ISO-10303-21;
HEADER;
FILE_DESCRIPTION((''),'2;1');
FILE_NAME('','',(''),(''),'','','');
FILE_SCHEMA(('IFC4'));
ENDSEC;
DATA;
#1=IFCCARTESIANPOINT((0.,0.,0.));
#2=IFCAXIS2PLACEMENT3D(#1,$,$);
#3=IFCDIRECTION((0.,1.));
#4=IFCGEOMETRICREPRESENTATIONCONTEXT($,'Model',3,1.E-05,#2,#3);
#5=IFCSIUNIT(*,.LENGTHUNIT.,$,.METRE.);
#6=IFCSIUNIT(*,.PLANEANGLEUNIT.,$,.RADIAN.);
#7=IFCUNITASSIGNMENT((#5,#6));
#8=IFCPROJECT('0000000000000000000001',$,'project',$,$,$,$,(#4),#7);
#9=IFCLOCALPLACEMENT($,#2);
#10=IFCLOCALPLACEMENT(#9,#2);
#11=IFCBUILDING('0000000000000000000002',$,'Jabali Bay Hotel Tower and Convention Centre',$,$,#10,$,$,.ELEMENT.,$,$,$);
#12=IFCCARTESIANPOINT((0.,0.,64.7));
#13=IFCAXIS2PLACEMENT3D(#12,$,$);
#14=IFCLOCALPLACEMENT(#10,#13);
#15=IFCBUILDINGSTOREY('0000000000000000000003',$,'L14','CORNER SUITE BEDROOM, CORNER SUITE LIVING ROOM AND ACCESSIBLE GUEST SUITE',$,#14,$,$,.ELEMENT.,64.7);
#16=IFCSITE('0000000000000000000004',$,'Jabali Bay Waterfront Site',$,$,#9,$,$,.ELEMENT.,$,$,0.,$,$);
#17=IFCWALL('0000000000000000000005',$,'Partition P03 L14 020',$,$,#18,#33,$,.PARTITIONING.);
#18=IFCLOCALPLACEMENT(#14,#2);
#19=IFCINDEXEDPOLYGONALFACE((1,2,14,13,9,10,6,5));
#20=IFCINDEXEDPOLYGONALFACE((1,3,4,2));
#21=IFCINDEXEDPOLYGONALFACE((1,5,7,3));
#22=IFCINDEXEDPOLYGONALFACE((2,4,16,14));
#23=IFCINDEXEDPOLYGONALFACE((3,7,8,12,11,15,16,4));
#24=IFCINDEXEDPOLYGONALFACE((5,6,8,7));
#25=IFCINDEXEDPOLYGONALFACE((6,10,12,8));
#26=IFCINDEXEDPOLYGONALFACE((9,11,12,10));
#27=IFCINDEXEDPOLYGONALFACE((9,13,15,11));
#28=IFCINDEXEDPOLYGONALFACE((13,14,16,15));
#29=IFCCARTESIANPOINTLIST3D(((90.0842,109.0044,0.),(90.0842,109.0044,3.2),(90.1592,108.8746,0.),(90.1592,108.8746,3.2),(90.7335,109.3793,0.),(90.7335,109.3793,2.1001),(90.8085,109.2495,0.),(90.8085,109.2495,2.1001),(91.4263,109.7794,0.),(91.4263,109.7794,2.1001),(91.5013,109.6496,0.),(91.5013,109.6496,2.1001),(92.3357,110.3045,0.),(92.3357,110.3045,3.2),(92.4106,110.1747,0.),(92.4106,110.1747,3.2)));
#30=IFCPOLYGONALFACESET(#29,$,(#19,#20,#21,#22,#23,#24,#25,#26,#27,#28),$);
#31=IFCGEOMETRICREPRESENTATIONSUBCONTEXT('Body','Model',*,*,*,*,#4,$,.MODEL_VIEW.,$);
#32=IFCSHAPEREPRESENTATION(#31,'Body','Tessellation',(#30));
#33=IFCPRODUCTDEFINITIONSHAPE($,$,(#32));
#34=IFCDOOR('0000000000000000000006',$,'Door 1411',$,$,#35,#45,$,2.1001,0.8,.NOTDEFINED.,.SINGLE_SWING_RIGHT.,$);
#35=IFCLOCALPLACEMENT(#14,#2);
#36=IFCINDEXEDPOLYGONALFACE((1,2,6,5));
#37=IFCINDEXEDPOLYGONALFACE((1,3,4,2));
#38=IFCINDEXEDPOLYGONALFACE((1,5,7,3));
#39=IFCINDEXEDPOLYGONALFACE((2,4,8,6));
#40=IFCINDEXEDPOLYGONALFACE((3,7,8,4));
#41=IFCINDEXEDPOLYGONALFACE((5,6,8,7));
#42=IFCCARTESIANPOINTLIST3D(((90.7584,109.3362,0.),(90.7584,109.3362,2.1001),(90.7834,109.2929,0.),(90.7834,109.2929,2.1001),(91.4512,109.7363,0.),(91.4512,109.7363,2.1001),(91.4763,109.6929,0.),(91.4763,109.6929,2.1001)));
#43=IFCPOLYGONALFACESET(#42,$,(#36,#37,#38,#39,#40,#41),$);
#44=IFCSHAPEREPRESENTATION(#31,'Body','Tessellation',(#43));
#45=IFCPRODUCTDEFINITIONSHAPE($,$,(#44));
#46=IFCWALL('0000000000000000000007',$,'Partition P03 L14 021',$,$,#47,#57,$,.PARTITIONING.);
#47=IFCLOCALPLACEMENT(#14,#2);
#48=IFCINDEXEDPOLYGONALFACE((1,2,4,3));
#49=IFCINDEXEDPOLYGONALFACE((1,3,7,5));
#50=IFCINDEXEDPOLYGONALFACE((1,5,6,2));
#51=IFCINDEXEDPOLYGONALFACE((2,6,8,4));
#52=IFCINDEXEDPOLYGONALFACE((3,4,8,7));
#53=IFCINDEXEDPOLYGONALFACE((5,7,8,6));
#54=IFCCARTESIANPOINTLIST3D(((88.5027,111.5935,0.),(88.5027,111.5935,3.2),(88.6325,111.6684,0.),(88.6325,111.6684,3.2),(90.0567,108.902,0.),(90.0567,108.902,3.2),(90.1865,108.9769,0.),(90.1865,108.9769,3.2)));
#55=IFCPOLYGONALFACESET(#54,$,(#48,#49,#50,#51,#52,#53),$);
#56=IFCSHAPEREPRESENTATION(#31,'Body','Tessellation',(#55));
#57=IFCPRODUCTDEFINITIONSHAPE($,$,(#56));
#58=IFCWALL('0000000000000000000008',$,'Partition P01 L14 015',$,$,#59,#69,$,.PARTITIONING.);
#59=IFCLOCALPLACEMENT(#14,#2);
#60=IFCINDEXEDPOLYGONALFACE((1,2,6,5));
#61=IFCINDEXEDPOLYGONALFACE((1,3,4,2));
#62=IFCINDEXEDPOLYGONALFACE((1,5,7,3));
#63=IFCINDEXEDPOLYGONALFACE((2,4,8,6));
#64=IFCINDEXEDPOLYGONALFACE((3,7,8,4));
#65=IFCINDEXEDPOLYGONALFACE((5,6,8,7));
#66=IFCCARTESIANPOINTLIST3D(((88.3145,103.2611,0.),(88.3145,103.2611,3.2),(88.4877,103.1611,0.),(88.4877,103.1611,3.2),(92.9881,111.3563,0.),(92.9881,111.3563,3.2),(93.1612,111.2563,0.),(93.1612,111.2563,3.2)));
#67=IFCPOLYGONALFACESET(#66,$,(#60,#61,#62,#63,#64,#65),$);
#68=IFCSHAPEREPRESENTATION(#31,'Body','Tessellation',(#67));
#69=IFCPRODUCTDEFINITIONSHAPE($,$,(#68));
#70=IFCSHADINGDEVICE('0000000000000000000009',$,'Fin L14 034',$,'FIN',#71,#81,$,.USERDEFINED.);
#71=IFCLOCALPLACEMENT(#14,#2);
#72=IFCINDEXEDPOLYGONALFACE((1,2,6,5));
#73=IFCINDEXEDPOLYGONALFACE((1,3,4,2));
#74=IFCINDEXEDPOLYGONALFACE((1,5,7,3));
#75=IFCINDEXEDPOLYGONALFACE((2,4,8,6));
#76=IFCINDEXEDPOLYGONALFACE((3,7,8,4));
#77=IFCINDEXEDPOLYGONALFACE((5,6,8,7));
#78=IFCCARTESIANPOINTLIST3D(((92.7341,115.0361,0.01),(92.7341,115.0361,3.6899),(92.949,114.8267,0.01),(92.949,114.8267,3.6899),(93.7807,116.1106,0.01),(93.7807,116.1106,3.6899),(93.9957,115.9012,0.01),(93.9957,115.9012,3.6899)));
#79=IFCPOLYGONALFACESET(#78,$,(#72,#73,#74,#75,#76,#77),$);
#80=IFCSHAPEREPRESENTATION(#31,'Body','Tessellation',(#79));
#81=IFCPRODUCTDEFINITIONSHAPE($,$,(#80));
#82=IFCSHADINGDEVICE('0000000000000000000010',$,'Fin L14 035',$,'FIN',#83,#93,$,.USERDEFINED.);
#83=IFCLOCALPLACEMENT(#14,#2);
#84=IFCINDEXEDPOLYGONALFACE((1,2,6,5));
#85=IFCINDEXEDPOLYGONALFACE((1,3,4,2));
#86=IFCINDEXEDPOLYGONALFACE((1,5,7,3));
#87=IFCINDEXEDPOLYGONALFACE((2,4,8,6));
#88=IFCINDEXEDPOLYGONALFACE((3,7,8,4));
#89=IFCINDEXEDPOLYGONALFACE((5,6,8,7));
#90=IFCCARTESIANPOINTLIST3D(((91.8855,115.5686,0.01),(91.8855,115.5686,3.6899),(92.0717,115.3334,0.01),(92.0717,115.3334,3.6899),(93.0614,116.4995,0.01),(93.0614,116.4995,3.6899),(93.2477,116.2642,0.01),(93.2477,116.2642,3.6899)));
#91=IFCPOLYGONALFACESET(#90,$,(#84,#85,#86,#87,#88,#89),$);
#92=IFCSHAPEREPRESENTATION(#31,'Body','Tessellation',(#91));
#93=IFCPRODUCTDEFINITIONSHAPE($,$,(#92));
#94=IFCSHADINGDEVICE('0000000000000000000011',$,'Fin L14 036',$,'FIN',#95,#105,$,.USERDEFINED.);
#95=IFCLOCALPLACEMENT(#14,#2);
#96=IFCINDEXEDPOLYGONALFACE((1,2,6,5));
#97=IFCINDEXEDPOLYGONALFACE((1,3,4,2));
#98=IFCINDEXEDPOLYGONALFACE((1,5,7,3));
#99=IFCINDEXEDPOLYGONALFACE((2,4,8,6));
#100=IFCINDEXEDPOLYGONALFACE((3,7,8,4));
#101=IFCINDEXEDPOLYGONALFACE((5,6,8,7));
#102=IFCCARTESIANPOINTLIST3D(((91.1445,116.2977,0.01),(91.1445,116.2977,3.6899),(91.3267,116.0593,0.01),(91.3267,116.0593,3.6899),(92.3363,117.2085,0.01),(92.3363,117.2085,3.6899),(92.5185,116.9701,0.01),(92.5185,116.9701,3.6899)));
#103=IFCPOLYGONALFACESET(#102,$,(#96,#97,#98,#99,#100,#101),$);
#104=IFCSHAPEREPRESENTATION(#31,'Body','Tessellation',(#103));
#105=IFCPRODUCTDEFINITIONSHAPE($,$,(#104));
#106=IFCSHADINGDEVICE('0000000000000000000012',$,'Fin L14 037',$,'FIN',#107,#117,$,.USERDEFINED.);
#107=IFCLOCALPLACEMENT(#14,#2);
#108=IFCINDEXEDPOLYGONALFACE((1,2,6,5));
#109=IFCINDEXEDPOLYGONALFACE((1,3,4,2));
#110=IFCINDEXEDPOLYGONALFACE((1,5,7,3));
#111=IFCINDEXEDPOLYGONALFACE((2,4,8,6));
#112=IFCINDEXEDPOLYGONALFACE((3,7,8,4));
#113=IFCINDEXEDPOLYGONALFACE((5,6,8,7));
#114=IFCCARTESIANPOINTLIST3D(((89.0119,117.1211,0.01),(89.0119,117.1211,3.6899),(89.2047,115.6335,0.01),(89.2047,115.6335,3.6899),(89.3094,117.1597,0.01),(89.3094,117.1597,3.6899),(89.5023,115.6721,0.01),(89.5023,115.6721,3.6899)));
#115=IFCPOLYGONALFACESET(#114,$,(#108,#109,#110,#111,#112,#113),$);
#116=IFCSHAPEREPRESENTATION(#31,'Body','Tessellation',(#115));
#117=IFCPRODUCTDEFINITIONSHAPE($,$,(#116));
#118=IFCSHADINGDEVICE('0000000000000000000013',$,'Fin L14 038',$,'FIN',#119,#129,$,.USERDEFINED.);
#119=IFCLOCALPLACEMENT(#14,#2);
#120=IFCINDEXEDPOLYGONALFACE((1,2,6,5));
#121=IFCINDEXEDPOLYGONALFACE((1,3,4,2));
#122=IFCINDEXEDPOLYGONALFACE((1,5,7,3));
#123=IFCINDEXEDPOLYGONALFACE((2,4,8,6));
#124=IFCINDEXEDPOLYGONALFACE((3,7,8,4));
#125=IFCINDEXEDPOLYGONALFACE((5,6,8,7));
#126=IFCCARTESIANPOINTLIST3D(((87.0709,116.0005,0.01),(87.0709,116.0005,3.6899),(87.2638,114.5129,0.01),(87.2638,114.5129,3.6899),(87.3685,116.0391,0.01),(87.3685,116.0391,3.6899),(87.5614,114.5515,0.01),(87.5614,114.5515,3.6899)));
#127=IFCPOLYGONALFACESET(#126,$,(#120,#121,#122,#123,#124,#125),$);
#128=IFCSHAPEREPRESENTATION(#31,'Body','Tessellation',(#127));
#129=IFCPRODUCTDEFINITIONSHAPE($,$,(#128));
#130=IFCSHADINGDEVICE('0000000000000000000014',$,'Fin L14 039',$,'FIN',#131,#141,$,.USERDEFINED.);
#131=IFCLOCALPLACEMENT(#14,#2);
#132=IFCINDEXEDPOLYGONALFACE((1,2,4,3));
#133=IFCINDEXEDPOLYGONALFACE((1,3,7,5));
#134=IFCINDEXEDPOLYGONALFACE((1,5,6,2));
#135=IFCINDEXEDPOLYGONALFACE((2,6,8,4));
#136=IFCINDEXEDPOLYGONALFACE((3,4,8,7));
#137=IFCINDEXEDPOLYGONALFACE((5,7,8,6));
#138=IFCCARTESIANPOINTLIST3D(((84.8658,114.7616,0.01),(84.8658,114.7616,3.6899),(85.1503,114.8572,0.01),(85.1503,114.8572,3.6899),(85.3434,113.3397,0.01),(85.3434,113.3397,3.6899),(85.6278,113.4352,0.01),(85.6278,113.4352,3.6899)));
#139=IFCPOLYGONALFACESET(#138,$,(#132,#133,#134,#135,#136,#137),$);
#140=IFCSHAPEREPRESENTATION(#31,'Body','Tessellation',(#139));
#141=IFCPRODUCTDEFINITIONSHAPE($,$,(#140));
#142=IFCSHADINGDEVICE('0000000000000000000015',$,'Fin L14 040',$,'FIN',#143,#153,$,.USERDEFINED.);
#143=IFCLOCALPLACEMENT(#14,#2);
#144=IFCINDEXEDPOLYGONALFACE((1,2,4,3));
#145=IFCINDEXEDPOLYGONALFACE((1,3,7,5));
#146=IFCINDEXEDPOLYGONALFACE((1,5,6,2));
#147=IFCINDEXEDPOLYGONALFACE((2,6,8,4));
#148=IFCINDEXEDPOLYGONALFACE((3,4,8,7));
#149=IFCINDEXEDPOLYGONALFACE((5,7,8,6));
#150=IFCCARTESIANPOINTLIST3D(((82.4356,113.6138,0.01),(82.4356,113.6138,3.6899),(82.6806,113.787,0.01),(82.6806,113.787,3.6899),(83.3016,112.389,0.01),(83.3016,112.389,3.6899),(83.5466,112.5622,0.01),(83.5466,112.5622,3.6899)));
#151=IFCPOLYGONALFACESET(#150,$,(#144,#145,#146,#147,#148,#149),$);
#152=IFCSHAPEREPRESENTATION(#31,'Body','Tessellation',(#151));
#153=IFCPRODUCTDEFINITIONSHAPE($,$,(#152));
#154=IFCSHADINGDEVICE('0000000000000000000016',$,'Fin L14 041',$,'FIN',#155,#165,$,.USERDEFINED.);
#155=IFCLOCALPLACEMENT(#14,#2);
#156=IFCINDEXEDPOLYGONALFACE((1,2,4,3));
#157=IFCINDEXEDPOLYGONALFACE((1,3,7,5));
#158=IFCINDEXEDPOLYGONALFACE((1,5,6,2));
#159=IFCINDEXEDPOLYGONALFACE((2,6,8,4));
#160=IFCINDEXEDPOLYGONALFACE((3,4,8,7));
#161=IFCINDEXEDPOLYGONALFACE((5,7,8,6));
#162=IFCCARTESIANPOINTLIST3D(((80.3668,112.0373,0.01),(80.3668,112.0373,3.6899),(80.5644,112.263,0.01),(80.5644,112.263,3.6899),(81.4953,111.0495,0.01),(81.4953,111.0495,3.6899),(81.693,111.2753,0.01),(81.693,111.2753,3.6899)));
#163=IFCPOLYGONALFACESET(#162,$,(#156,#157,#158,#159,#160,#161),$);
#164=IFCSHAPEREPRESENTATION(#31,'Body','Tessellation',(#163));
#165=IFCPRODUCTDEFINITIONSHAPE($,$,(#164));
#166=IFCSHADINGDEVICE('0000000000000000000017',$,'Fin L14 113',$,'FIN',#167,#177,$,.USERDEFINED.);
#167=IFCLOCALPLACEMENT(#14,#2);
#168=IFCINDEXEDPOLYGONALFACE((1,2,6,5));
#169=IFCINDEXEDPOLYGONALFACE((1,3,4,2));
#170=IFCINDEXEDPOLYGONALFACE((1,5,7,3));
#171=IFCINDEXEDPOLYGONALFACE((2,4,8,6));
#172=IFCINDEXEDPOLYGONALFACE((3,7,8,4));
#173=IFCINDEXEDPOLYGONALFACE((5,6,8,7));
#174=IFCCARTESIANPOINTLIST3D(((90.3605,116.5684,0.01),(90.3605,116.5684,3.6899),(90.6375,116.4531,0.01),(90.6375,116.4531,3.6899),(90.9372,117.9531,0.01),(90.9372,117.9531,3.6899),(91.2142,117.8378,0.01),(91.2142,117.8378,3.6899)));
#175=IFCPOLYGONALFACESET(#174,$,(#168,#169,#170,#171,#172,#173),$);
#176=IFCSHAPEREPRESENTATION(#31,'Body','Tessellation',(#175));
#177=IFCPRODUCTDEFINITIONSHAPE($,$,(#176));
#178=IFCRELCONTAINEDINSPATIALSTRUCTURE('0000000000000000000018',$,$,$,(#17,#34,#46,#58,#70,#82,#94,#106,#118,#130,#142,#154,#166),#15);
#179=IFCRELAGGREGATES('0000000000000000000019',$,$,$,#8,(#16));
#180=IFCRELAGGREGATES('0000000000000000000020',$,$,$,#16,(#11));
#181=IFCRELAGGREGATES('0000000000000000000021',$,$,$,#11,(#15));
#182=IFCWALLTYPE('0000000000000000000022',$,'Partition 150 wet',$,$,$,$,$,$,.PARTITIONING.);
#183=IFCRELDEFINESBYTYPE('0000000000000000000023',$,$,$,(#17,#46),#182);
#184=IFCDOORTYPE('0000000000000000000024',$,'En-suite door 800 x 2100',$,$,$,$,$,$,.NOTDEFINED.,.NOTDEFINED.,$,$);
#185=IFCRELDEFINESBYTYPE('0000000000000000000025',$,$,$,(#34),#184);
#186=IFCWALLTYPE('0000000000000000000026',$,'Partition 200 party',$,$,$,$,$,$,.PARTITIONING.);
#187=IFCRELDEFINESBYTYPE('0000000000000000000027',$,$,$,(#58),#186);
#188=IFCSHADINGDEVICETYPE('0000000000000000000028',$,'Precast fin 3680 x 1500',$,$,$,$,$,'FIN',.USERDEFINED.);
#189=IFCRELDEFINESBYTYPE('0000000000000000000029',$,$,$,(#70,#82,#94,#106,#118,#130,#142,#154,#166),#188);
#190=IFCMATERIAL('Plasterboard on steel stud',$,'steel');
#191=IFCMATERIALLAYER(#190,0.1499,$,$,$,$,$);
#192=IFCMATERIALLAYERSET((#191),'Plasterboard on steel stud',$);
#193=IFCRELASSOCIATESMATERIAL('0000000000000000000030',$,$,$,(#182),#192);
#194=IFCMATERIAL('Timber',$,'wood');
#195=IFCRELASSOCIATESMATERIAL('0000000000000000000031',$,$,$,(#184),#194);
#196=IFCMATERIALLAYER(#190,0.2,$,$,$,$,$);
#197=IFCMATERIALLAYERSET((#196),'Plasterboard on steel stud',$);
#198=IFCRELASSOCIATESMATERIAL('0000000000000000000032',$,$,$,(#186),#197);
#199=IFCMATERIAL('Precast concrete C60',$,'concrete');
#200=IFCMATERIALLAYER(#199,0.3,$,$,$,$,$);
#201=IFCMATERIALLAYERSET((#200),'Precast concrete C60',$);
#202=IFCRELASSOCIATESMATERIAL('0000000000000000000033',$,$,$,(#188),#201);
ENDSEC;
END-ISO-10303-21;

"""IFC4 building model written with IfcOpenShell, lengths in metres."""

from ifc_helpers import new_model, si_unit, direction, frame, frame_2d, origin, place, context, subcontext, project, spatial, rectangle, extrude, material, layer, layer_set, type_object, element, fill, save


model = new_model("IFC4")

# Units and contexts
model_context = context("Model", 3, precision=1e-05, world=origin(), true_north=direction((0.0, 1.0)))
body_context = subcontext(model_context, "Body", "Model", "MODEL_VIEW")
ifc_project = project(units=[si_unit("LENGTHUNIT", "METRE"), si_unit("PLANEANGLEUNIT", "RADIAN")], contexts=[model_context])

# Site, building, storey
site_placement = place(None, origin())
site = spatial("IfcSite", under=ifc_project, at=site_placement, Name="Jabali Bay Waterfront Site", CompositionType="ELEMENT", RefElevation=0.0)
building_placement = place(site_placement, origin())
building = spatial("IfcBuilding", under=site, at=building_placement, Name="Jabali Bay Hotel Tower and Convention Centre", CompositionType="ELEMENT")
storey_placement = place(building_placement, frame((0.0, 0.0, 64.7)))
storey = spatial("IfcBuildingStorey", under=building, at=storey_placement, Name="L14", Description="CORNER SUITE BEDROOM, CORNER SUITE LIVING ROOM AND ACCESSIBLE GUEST SUITE", CompositionType="ELEMENT", Elevation=64.7)

# Shared definitions
ifc_material_1 = material(Name="Plasterboard on steel stud", Category="steel")
ifc_layer_1 = layer(ifc_material_1, 0.1499)
ifc_layer_set_1 = layer_set([ifc_layer_1], Name="Plasterboard on steel stud")
wall_type_1 = type_object("IfcWallType", Name="Partition 150 wet", PredefinedType="PARTITIONING", material=ifc_layer_set_1)
ifc_material_2 = material(Name="Timber", Category="wood")
door_type = type_object("IfcDoorType", Name="En-suite door 800 x 2100", OperationType="NOTDEFINED", PredefinedType="NOTDEFINED", material=ifc_material_2)

# Wall, opening, door
wall_1_placement = place(storey_placement, frame((92.373, 110.2395, 0.0), z_axis=(0.0, 0.0, 1.0), x_axis=(-0.865998, -0.500048, 0.0)))
wall_1 = element("IfcWall", 1, at=wall_1_placement, inside=storey, type_object=wall_type_1, Name="Partition P03 L14 020", PredefinedType="PARTITIONING", context=body_context, shape_type="SweptSolid", body=[
    extrude(rectangle(XDim=2.5999, YDim=0.1499, at=frame_2d((1.2998, 0.0))), origin(), (0.0, 0.0, 1.0), 3.2),
])
opening_1_placement = place(wall_1_placement, frame((1.05, 0.0, 0.0)))
opening_1 = element("IfcOpeningElement", 2, at=opening_1_placement, cuts=wall_1, PredefinedType="OPENING", context=body_context, shape_type="SweptSolid", body=[
    extrude(rectangle(XDim=0.8, YDim=2.1001, at=frame_2d((0.3999, 1.05))), frame((0.0, 0.0854, 0.0), z_axis=(0.0, -1.0, 0.0), x_axis=(1.0, 0.0, 0.0)), (0.0, 0.0, 1.0), 0.1709),
])
door_1_placement = place(opening_1_placement, origin())
door_1 = element("IfcDoor", 3, at=door_1_placement, inside=storey, type_object=door_type, Name="Door 1411", OperationType="SINGLE_SWING_RIGHT", OverallHeight=2.1001, OverallWidth=0.8, PredefinedType="NOTDEFINED", context=body_context, shape_type="SweptSolid", body=[
    extrude(rectangle(XDim=0.8, YDim=2.1001, at=frame_2d((0.3999, 1.05))), frame((0.0, 0.0249, 0.0), z_axis=(0.0, -1.0, 0.0), x_axis=(1.0, 0.0, 0.0)), (0.0, 0.0, 1.0), 0.05),
])
fill(opening_1, door_1)

# Walls
wall_2_placement = place(storey_placement, frame((90.1216, 108.9395, 0.0), z_axis=(0.0, 0.0, 1.0), x_axis=(-0.500017, 0.866016, 0.0)))
element("IfcWall", 4, at=wall_2_placement, inside=storey, type_object=wall_type_1, Name="Partition P03 L14 021", PredefinedType="PARTITIONING", context=body_context, shape_type="SweptSolid", body=[
    extrude(rectangle(XDim=3.1079, YDim=0.1499, at=frame_2d((1.554, 0.0))), origin(), (0.0, 0.0, 1.0), 3.2),
])
ifc_layer_2 = layer(ifc_material_1, 0.2)
ifc_layer_set_2 = layer_set([ifc_layer_2], Name="Plasterboard on steel stud")
wall_type_2 = type_object("IfcWallType", Name="Partition 200 party", PredefinedType="PARTITIONING", material=ifc_layer_set_2)
wall_3_placement = place(storey_placement, frame((93.0747, 111.3064, 0.0), z_axis=(0.0, 0.0, 1.0), x_axis=(-0.499985, -0.866034, 0.0)))
element("IfcWall", 5, at=wall_3_placement, inside=storey, type_object=wall_type_2, Name="Partition P01 L14 015", PredefinedType="PARTITIONING", context=body_context, shape_type="SweptSolid", body=[
    extrude(rectangle(XDim=9.3474, YDim=0.2, at=frame_2d((4.6738, 0.0))), origin(), (0.0, 0.0, 1.0), 3.2),
])

# Shading devices
ifc_material_3 = material(Name="Precast concrete C60", Category="concrete")
ifc_layer_3 = layer(ifc_material_3, 0.3)
ifc_layer_set_3 = layer_set([ifc_layer_3], Name="Precast concrete C60")
shading_device_type = type_object("IfcShadingDeviceType", Name="Precast fin 3680 x 1500", ElementType="FIN", PredefinedType="USERDEFINED", material=ifc_layer_set_3)
shading_device_1_placement = place(storey_placement, frame((92.8416, 114.9314, 0.01), z_axis=(0.0, 0.0, 1.0), x_axis=(0.697768, 0.716323, 0.0)))
element("IfcShadingDevice", 6, at=shading_device_1_placement, inside=storey, type_object=shading_device_type, Name="Fin L14 034", ObjectType="FIN", PredefinedType="USERDEFINED", context=body_context, shape_type="SweptSolid", body=[
    extrude(rectangle(XDim=1.5, YDim=0.3, at=frame_2d((0.75, 0.0))), origin(), (0.0, 0.0, 1.0), 3.6799),
])
shading_device_2_placement = place(storey_placement, frame((91.9785, 115.4509, 0.01), z_axis=(0.0, 0.0, 1.0), x_axis=(0.784082, 0.620657, 0.0)))
element("IfcShadingDevice", 7, at=shading_device_2_placement, inside=storey, type_object=shading_device_type, Name="Fin L14 035", ObjectType="FIN", PredefinedType="USERDEFINED", context=body_context, shape_type="SweptSolid", body=[
    extrude(rectangle(XDim=1.4998, YDim=0.3, at=frame_2d((0.75, 0.0))), origin(), (0.0, 0.0, 1.0), 3.6799),
])
for number, where, z_axis, x_axis, name in (
    (8, (91.2356, 116.1785, 0.01), (0.0, 0.0, 1.0), (0.794538, 0.607214, 0.0), "Fin L14 036"),
    (9, (89.3535, 115.6528, 0.01), (0.0, 0.0, 1.0), (-0.128581, 0.991699, 0.0), "Fin L14 037"),
    (10, (87.4126, 114.5322, 0.01), (0.0, 0.0, 1.0), (-0.128581, 0.991699, 0.0), "Fin L14 038"),
    (11, (85.4856, 113.3875, 0.01), (0.0, 0.0, 1.0), (-0.318376, 0.947965, 0.0), "Fin L14 039"),
    (12, (83.4241, 112.4756, 0.01), (0.0, 0.0, 1.0), (-0.57729, 0.816539, 0.0), "Fin L14 040"),
):
    element("IfcShadingDevice", number, at=place(storey_placement, frame(where, z_axis=z_axis, x_axis=x_axis)), inside=storey, type_object=shading_device_type, Name=name, ObjectType="FIN", PredefinedType="USERDEFINED", context=body_context, shape_type="SweptSolid", body=[
        extrude(rectangle(XDim=1.5, YDim=0.3, at=frame_2d((0.75, 0.0))), origin(), (0.0, 0.0, 1.0), 3.6799),
    ])
shading_device_3_placement = place(storey_placement, frame((81.5942, 111.1624, 0.01), z_axis=(0.0, 0.0, 1.0), x_axis=(-0.752506, 0.658585, 0.0)))
element("IfcShadingDevice", 13, at=shading_device_3_placement, inside=storey, type_object=shading_device_type, Name="Fin L14 041", ObjectType="FIN", PredefinedType="USERDEFINED", context=body_context, shape_type="SweptSolid", body=[
    extrude(rectangle(XDim=1.4998, YDim=0.3, at=frame_2d((0.75, 0.0))), origin(), (0.0, 0.0, 1.0), 3.6799),
])
shading_device_4_placement = place(storey_placement, frame((90.499, 116.5107, 0.01), z_axis=(0.0, 0.0, 1.0), x_axis=(0.38443, 0.923154, 0.0)))
element("IfcShadingDevice", 14, at=shading_device_4_placement, inside=storey, type_object=shading_device_type, Name="Fin L14 113", ObjectType="FIN", PredefinedType="USERDEFINED", context=body_context, shape_type="SweptSolid", body=[
    extrude(rectangle(XDim=1.5, YDim=0.3, at=frame_2d((0.75, 0.0))), origin(), (0.0, 0.0, 1.0), 3.6799),
])

save(model, "model.ifc")
